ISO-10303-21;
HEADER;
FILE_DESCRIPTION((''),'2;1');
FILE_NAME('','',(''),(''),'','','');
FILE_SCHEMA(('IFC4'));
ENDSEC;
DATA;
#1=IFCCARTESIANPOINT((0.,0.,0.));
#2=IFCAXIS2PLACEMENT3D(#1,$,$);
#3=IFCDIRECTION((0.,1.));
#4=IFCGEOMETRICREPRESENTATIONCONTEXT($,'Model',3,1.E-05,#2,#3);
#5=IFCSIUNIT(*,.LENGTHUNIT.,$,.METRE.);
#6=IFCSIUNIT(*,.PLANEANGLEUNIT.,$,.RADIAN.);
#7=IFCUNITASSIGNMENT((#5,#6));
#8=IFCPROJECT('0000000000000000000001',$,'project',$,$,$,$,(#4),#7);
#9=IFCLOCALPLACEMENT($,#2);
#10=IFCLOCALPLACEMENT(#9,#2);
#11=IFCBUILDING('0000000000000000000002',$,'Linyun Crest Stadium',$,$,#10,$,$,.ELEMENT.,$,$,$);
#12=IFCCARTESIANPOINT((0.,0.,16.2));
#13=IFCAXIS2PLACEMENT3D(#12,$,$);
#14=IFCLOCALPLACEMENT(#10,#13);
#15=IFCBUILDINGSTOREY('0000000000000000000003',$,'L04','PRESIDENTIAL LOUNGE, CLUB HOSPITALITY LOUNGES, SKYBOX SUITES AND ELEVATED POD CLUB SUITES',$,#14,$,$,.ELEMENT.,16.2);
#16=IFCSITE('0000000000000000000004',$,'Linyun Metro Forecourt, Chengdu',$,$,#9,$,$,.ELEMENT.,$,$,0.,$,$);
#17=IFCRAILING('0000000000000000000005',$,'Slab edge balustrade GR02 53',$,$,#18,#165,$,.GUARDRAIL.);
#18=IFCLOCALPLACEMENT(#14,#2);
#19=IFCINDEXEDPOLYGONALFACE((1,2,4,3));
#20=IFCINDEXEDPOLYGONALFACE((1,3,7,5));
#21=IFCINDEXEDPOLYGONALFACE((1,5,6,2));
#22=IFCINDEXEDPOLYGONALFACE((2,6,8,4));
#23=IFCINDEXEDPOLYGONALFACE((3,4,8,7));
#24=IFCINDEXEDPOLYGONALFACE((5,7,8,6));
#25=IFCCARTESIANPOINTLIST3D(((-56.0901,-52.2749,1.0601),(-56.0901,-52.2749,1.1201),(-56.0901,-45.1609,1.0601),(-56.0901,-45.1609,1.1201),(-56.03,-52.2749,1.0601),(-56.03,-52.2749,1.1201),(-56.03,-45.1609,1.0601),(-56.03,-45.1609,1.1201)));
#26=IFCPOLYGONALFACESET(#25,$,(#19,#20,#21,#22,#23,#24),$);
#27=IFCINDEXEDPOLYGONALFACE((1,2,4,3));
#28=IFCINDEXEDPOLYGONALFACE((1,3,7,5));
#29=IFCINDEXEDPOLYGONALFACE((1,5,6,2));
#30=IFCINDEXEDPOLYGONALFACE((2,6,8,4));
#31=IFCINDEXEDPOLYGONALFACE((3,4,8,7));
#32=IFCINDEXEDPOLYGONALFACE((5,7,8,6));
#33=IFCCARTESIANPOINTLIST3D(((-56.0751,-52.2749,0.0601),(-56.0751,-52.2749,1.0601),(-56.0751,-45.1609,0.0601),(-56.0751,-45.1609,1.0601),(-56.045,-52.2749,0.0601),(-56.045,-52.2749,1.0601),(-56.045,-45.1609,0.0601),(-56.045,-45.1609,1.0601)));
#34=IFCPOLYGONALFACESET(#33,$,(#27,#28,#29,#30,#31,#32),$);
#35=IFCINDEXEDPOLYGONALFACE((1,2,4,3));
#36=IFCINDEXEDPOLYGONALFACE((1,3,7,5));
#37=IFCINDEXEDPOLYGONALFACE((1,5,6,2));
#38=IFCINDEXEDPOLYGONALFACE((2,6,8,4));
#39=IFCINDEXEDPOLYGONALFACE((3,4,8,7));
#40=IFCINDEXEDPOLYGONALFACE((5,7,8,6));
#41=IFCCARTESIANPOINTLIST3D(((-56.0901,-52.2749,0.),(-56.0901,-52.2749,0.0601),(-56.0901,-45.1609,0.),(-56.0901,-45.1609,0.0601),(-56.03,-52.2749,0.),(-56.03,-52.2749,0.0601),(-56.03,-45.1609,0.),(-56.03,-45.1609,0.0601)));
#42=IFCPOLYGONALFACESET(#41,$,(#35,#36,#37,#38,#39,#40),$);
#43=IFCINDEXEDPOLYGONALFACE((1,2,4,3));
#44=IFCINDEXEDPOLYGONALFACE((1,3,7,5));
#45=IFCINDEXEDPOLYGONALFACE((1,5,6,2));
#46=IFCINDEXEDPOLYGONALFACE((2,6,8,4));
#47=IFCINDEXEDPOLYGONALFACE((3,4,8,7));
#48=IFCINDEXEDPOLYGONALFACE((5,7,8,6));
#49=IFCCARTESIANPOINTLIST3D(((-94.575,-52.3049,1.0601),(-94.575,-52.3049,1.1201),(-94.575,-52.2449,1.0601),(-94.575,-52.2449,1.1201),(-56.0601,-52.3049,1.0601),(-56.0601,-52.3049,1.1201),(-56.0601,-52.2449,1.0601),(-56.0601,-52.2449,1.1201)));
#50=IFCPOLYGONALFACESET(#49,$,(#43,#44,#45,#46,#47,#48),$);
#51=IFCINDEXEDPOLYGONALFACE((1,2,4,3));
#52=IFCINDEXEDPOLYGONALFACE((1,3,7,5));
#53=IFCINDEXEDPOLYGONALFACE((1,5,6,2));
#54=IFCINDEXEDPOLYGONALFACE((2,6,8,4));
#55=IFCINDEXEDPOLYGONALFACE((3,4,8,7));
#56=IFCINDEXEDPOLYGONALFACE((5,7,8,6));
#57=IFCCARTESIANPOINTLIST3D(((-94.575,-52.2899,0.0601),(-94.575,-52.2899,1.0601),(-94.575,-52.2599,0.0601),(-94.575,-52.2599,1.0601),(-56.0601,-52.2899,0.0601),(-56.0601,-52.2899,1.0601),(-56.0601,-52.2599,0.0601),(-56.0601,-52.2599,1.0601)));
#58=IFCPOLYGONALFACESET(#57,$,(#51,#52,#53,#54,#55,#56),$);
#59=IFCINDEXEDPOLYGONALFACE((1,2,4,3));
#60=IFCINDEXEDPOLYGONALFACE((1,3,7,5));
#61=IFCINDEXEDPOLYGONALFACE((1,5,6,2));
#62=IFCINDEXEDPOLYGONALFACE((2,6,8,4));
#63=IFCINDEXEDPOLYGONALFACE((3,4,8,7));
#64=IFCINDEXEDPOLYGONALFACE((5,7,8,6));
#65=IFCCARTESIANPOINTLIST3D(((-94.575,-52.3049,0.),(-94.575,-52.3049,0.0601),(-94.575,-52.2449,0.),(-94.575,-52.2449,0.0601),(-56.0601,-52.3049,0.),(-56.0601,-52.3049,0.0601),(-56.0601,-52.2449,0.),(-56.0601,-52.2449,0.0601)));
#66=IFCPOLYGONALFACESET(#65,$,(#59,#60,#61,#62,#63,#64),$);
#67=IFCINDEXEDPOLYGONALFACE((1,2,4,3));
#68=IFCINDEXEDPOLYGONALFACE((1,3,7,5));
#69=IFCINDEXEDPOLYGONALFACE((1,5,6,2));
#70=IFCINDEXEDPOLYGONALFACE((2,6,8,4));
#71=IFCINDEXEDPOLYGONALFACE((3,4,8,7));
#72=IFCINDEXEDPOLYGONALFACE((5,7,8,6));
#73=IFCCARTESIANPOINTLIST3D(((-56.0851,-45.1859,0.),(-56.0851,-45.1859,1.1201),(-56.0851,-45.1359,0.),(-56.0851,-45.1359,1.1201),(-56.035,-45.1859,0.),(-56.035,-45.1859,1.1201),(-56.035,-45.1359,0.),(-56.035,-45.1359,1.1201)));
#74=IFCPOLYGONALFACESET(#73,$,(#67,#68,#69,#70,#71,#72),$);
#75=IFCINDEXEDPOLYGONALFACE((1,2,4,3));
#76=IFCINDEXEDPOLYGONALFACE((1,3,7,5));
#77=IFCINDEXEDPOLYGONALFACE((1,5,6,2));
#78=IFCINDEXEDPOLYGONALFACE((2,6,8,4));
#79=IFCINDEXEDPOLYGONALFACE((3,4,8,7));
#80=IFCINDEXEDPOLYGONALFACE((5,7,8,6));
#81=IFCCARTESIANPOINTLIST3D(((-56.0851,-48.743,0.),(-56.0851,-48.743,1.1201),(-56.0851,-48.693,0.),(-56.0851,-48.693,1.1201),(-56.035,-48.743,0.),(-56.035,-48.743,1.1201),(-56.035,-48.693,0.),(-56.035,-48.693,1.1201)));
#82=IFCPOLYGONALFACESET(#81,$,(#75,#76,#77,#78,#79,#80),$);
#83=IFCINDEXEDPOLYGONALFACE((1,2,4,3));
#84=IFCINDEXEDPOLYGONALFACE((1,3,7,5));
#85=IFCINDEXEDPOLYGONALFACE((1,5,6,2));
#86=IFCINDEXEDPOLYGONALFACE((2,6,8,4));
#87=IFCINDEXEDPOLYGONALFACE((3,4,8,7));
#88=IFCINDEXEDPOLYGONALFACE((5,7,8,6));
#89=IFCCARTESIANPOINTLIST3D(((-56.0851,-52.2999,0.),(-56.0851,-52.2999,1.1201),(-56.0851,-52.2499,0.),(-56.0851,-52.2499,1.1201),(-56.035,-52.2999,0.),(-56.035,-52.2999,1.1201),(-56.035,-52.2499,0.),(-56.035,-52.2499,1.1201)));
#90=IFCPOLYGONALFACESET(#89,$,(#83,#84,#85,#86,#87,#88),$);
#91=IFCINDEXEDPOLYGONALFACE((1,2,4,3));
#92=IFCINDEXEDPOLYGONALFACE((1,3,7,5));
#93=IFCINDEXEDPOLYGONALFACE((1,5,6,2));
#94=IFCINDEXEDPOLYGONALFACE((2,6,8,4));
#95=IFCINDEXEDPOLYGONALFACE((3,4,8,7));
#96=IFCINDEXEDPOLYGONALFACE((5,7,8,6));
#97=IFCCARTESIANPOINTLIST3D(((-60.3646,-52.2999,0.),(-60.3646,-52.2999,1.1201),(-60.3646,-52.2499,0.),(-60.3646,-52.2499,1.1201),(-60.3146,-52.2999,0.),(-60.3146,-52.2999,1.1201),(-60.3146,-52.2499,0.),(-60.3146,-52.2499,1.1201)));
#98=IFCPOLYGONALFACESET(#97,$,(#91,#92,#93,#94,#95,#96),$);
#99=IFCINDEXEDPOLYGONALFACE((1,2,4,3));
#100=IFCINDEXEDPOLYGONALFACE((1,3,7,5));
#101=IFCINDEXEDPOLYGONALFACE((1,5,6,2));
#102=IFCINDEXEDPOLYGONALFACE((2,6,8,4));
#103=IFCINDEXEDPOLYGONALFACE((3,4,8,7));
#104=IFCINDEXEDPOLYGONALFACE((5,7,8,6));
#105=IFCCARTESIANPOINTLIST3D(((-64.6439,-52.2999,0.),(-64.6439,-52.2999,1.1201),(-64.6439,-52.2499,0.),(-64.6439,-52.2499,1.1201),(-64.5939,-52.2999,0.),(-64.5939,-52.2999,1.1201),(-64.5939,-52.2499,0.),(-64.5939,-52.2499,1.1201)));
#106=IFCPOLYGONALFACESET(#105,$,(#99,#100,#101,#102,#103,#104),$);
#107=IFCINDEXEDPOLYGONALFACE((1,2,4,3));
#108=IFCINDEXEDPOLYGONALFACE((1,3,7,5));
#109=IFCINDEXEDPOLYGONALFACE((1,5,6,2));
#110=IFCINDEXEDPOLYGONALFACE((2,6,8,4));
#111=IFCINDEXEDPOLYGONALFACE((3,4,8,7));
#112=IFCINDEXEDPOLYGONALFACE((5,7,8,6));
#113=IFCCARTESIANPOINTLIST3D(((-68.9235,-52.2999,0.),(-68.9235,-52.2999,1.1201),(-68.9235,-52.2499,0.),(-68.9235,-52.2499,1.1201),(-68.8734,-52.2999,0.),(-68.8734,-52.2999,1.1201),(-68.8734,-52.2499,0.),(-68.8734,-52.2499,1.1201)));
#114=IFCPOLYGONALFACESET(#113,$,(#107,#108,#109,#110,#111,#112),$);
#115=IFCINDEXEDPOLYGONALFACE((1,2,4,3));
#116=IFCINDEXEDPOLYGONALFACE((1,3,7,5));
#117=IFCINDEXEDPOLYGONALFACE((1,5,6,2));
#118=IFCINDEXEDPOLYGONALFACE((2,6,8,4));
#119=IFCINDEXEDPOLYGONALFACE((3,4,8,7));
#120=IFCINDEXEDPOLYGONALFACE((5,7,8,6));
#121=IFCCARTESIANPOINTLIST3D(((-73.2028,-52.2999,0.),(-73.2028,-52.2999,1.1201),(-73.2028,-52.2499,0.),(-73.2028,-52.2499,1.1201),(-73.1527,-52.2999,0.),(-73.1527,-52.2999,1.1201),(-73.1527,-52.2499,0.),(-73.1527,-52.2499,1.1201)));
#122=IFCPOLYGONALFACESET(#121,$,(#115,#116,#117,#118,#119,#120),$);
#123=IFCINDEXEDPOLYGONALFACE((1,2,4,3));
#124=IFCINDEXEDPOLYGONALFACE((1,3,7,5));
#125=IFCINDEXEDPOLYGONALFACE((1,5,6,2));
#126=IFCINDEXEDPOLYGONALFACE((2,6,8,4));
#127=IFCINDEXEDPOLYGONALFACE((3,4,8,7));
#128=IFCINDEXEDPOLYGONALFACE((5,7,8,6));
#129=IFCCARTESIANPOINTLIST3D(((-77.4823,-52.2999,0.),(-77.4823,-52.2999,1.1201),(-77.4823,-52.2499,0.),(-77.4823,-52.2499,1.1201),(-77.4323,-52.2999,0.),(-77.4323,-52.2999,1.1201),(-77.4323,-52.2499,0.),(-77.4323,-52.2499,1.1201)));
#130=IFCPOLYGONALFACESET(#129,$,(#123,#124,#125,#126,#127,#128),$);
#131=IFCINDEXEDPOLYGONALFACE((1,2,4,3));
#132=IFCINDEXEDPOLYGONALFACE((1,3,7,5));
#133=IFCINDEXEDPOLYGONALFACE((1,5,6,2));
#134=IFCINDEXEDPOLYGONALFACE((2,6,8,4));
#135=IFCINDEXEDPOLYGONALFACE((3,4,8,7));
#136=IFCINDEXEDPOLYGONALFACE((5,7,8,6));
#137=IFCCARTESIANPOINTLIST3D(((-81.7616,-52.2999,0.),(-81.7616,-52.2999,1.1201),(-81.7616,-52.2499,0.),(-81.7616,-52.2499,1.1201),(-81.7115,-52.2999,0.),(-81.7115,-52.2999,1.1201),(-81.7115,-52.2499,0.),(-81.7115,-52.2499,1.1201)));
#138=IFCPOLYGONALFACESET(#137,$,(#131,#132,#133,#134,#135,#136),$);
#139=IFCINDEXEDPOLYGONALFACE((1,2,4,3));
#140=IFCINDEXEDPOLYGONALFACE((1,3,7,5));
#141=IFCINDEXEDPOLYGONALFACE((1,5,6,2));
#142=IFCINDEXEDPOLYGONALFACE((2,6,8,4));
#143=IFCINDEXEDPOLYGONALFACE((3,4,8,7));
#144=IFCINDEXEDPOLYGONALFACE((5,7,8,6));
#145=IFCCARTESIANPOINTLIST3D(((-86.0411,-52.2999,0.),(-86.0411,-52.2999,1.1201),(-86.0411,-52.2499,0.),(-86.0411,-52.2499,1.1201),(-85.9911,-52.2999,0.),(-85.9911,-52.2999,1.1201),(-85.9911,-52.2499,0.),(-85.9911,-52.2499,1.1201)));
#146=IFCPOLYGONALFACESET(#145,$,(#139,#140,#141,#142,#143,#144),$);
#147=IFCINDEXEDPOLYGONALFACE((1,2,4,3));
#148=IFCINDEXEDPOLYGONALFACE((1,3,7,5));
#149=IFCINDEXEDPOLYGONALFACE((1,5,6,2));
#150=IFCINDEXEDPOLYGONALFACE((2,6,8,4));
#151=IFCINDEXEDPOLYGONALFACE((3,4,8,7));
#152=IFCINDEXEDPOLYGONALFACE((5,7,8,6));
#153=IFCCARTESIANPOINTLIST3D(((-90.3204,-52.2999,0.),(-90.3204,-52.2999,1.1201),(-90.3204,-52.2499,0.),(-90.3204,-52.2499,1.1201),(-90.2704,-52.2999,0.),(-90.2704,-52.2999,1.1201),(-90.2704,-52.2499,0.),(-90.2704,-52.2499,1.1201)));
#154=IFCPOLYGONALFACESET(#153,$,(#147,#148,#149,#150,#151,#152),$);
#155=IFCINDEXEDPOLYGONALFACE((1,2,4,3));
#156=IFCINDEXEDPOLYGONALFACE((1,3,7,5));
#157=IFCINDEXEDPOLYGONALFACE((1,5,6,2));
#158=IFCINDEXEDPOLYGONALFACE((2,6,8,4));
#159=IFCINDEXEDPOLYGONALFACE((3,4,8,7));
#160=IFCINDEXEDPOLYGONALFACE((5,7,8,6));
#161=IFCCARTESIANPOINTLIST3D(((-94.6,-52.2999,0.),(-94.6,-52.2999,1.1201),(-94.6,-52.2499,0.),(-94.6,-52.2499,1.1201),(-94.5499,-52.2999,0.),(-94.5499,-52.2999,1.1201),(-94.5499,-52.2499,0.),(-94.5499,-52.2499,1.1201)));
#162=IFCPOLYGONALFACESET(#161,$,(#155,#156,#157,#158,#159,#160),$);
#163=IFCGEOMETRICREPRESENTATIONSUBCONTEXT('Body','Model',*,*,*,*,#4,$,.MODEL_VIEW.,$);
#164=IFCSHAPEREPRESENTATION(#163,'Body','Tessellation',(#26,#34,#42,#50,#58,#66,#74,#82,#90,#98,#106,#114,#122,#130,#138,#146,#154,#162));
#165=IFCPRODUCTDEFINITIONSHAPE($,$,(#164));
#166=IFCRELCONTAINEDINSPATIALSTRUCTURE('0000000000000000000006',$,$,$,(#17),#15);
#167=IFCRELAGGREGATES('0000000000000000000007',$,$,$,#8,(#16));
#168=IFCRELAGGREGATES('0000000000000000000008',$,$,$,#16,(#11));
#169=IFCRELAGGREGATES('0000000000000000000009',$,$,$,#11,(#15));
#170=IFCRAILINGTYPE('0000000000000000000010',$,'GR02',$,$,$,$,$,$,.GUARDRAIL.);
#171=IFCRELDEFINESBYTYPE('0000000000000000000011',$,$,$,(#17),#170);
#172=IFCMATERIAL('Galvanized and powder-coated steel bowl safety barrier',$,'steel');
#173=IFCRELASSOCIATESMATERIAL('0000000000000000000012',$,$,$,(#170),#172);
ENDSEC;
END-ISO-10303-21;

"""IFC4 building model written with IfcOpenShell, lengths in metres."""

from ifc_helpers import new_model, si_unit, direction, frame, origin, origin_2d, place, context, subcontext, project, spatial, rectangle, extrude, material, type_object, element, save


model = new_model("IFC4")

# Units and contexts
model_context = context("Model", 3, precision=1e-05, world=origin(), true_north=direction((0.0, 1.0)))
body_context = subcontext(model_context, "Body", "Model", "MODEL_VIEW")
ifc_project = project(units=[si_unit("LENGTHUNIT", "METRE"), si_unit("PLANEANGLEUNIT", "RADIAN")], contexts=[model_context])

# Site, building, storey
site_placement = place(None, origin())
site = spatial("IfcSite", under=ifc_project, at=site_placement, Name="Linyun Metro Forecourt, Chengdu", CompositionType="ELEMENT", RefElevation=0.0)
building_placement = place(site_placement, origin())
building = spatial("IfcBuilding", under=site, at=building_placement, Name="Linyun Crest Stadium", CompositionType="ELEMENT")
storey_placement = place(building_placement, frame((0.0, 0.0, 16.2)))
storey = spatial("IfcBuildingStorey", under=building, at=storey_placement, Name="L04", Description="PRESIDENTIAL LOUNGE, CLUB HOSPITALITY LOUNGES, SKYBOX SUITES AND ELEVATED POD CLUB SUITES", CompositionType="ELEMENT", Elevation=16.2)

# Railing
ifc_material_1 = material(Name="Galvanized and powder-coated steel bowl safety barrier", Category="steel")
railing_type = type_object("IfcRailingType", Name="GR02", PredefinedType="GUARDRAIL", material=ifc_material_1)
railing_1_placement = place(storey_placement, frame((-56.0601, -45.1609, 0.0)))
element("IfcRailing", 1, at=railing_1_placement, inside=storey, type_object=railing_type, Name="Slab edge balustrade GR02 53", PredefinedType="GUARDRAIL", context=body_context, shape_type="SweptSolid", body=[
    extrude(rectangle(XDim=0.0601, YDim=0.0601, at=origin_2d()), frame((0.0, 0.0, 1.0901), z_axis=(0.0, -1.0, 0.0), x_axis=(1.0, 0.0, 0.0)), (0.0, 0.0, 1.0), 7.114),
    extrude(rectangle(XDim=0.03, YDim=1.0, at=origin_2d()), frame((0.0, 0.0, 0.5601), z_axis=(0.0, -1.0, 0.0), x_axis=(1.0, 0.0, 0.0)), (0.0, 0.0, 1.0), 7.114),
    extrude(rectangle(XDim=0.0601, YDim=0.0601, at=origin_2d()), frame((0.0, 0.0, 0.03), z_axis=(0.0, -1.0, 0.0), x_axis=(1.0, 0.0, 0.0)), (0.0, 0.0, 1.0), 7.114),
    extrude(rectangle(XDim=0.0601, YDim=0.0601, at=origin_2d()), frame((0.0, -7.114, 1.0901), z_axis=(-1.0, 0.0, 0.0), x_axis=(0.0, -1.0, 0.0)), (0.0, 0.0, 1.0), 38.5149),
    extrude(rectangle(XDim=0.03, YDim=1.0, at=origin_2d()), frame((0.0, -7.114, 0.5601), z_axis=(-1.0, 0.0, 0.0), x_axis=(0.0, -1.0, 0.0)), (0.0, 0.0, 1.0), 38.5149),
    extrude(rectangle(XDim=0.0601, YDim=0.0601, at=origin_2d()), frame((0.0, -7.114, 0.03), z_axis=(-1.0, 0.0, 0.0), x_axis=(0.0, -1.0, 0.0)), (0.0, 0.0, 1.0), 38.5149),
    extrude(rectangle(XDim=0.05, YDim=0.05, at=origin_2d()), origin(), (0.0, 0.0, 1.0), 1.1201),
    extrude(rectangle(XDim=0.05, YDim=0.05, at=origin_2d()), frame((0.0, -3.5571, 0.0)), (0.0, 0.0, 1.0), 1.1201),
    extrude(rectangle(XDim=0.05, YDim=0.05, at=origin_2d()), frame((0.0, -7.114, 0.0)), (0.0, 0.0, 1.0), 1.1201),
    extrude(rectangle(XDim=0.05, YDim=0.05, at=origin_2d()), frame((-4.2795, -7.114, 0.0)), (0.0, 0.0, 1.0), 1.1201),
    extrude(rectangle(XDim=0.05, YDim=0.05, at=origin_2d()), frame((-8.5588, -7.114, 0.0)), (0.0, 0.0, 1.0), 1.1201),
    extrude(rectangle(XDim=0.05, YDim=0.05, at=origin_2d()), frame((-12.8384, -7.114, 0.0)), (0.0, 0.0, 1.0), 1.1201),
    extrude(rectangle(XDim=0.05, YDim=0.05, at=origin_2d()), frame((-17.1177, -7.114, 0.0)), (0.0, 0.0, 1.0), 1.1201),
    extrude(rectangle(XDim=0.05, YDim=0.05, at=origin_2d()), frame((-21.3972, -7.114, 0.0)), (0.0, 0.0, 1.0), 1.1201),
    extrude(rectangle(XDim=0.05, YDim=0.05, at=origin_2d()), frame((-25.6765, -7.114, 0.0)), (0.0, 0.0, 1.0), 1.1201),
    extrude(rectangle(XDim=0.05, YDim=0.05, at=origin_2d()), frame((-29.9561, -7.114, 0.0)), (0.0, 0.0, 1.0), 1.1201),
    extrude(rectangle(XDim=0.05, YDim=0.05, at=origin_2d()), frame((-34.2354, -7.114, 0.0)), (0.0, 0.0, 1.0), 1.1201),
    extrude(rectangle(XDim=0.05, YDim=0.05, at=origin_2d()), frame((-38.5149, -7.114, 0.0)), (0.0, 0.0, 1.0), 1.1201),
])

save(model, "model.ifc")
